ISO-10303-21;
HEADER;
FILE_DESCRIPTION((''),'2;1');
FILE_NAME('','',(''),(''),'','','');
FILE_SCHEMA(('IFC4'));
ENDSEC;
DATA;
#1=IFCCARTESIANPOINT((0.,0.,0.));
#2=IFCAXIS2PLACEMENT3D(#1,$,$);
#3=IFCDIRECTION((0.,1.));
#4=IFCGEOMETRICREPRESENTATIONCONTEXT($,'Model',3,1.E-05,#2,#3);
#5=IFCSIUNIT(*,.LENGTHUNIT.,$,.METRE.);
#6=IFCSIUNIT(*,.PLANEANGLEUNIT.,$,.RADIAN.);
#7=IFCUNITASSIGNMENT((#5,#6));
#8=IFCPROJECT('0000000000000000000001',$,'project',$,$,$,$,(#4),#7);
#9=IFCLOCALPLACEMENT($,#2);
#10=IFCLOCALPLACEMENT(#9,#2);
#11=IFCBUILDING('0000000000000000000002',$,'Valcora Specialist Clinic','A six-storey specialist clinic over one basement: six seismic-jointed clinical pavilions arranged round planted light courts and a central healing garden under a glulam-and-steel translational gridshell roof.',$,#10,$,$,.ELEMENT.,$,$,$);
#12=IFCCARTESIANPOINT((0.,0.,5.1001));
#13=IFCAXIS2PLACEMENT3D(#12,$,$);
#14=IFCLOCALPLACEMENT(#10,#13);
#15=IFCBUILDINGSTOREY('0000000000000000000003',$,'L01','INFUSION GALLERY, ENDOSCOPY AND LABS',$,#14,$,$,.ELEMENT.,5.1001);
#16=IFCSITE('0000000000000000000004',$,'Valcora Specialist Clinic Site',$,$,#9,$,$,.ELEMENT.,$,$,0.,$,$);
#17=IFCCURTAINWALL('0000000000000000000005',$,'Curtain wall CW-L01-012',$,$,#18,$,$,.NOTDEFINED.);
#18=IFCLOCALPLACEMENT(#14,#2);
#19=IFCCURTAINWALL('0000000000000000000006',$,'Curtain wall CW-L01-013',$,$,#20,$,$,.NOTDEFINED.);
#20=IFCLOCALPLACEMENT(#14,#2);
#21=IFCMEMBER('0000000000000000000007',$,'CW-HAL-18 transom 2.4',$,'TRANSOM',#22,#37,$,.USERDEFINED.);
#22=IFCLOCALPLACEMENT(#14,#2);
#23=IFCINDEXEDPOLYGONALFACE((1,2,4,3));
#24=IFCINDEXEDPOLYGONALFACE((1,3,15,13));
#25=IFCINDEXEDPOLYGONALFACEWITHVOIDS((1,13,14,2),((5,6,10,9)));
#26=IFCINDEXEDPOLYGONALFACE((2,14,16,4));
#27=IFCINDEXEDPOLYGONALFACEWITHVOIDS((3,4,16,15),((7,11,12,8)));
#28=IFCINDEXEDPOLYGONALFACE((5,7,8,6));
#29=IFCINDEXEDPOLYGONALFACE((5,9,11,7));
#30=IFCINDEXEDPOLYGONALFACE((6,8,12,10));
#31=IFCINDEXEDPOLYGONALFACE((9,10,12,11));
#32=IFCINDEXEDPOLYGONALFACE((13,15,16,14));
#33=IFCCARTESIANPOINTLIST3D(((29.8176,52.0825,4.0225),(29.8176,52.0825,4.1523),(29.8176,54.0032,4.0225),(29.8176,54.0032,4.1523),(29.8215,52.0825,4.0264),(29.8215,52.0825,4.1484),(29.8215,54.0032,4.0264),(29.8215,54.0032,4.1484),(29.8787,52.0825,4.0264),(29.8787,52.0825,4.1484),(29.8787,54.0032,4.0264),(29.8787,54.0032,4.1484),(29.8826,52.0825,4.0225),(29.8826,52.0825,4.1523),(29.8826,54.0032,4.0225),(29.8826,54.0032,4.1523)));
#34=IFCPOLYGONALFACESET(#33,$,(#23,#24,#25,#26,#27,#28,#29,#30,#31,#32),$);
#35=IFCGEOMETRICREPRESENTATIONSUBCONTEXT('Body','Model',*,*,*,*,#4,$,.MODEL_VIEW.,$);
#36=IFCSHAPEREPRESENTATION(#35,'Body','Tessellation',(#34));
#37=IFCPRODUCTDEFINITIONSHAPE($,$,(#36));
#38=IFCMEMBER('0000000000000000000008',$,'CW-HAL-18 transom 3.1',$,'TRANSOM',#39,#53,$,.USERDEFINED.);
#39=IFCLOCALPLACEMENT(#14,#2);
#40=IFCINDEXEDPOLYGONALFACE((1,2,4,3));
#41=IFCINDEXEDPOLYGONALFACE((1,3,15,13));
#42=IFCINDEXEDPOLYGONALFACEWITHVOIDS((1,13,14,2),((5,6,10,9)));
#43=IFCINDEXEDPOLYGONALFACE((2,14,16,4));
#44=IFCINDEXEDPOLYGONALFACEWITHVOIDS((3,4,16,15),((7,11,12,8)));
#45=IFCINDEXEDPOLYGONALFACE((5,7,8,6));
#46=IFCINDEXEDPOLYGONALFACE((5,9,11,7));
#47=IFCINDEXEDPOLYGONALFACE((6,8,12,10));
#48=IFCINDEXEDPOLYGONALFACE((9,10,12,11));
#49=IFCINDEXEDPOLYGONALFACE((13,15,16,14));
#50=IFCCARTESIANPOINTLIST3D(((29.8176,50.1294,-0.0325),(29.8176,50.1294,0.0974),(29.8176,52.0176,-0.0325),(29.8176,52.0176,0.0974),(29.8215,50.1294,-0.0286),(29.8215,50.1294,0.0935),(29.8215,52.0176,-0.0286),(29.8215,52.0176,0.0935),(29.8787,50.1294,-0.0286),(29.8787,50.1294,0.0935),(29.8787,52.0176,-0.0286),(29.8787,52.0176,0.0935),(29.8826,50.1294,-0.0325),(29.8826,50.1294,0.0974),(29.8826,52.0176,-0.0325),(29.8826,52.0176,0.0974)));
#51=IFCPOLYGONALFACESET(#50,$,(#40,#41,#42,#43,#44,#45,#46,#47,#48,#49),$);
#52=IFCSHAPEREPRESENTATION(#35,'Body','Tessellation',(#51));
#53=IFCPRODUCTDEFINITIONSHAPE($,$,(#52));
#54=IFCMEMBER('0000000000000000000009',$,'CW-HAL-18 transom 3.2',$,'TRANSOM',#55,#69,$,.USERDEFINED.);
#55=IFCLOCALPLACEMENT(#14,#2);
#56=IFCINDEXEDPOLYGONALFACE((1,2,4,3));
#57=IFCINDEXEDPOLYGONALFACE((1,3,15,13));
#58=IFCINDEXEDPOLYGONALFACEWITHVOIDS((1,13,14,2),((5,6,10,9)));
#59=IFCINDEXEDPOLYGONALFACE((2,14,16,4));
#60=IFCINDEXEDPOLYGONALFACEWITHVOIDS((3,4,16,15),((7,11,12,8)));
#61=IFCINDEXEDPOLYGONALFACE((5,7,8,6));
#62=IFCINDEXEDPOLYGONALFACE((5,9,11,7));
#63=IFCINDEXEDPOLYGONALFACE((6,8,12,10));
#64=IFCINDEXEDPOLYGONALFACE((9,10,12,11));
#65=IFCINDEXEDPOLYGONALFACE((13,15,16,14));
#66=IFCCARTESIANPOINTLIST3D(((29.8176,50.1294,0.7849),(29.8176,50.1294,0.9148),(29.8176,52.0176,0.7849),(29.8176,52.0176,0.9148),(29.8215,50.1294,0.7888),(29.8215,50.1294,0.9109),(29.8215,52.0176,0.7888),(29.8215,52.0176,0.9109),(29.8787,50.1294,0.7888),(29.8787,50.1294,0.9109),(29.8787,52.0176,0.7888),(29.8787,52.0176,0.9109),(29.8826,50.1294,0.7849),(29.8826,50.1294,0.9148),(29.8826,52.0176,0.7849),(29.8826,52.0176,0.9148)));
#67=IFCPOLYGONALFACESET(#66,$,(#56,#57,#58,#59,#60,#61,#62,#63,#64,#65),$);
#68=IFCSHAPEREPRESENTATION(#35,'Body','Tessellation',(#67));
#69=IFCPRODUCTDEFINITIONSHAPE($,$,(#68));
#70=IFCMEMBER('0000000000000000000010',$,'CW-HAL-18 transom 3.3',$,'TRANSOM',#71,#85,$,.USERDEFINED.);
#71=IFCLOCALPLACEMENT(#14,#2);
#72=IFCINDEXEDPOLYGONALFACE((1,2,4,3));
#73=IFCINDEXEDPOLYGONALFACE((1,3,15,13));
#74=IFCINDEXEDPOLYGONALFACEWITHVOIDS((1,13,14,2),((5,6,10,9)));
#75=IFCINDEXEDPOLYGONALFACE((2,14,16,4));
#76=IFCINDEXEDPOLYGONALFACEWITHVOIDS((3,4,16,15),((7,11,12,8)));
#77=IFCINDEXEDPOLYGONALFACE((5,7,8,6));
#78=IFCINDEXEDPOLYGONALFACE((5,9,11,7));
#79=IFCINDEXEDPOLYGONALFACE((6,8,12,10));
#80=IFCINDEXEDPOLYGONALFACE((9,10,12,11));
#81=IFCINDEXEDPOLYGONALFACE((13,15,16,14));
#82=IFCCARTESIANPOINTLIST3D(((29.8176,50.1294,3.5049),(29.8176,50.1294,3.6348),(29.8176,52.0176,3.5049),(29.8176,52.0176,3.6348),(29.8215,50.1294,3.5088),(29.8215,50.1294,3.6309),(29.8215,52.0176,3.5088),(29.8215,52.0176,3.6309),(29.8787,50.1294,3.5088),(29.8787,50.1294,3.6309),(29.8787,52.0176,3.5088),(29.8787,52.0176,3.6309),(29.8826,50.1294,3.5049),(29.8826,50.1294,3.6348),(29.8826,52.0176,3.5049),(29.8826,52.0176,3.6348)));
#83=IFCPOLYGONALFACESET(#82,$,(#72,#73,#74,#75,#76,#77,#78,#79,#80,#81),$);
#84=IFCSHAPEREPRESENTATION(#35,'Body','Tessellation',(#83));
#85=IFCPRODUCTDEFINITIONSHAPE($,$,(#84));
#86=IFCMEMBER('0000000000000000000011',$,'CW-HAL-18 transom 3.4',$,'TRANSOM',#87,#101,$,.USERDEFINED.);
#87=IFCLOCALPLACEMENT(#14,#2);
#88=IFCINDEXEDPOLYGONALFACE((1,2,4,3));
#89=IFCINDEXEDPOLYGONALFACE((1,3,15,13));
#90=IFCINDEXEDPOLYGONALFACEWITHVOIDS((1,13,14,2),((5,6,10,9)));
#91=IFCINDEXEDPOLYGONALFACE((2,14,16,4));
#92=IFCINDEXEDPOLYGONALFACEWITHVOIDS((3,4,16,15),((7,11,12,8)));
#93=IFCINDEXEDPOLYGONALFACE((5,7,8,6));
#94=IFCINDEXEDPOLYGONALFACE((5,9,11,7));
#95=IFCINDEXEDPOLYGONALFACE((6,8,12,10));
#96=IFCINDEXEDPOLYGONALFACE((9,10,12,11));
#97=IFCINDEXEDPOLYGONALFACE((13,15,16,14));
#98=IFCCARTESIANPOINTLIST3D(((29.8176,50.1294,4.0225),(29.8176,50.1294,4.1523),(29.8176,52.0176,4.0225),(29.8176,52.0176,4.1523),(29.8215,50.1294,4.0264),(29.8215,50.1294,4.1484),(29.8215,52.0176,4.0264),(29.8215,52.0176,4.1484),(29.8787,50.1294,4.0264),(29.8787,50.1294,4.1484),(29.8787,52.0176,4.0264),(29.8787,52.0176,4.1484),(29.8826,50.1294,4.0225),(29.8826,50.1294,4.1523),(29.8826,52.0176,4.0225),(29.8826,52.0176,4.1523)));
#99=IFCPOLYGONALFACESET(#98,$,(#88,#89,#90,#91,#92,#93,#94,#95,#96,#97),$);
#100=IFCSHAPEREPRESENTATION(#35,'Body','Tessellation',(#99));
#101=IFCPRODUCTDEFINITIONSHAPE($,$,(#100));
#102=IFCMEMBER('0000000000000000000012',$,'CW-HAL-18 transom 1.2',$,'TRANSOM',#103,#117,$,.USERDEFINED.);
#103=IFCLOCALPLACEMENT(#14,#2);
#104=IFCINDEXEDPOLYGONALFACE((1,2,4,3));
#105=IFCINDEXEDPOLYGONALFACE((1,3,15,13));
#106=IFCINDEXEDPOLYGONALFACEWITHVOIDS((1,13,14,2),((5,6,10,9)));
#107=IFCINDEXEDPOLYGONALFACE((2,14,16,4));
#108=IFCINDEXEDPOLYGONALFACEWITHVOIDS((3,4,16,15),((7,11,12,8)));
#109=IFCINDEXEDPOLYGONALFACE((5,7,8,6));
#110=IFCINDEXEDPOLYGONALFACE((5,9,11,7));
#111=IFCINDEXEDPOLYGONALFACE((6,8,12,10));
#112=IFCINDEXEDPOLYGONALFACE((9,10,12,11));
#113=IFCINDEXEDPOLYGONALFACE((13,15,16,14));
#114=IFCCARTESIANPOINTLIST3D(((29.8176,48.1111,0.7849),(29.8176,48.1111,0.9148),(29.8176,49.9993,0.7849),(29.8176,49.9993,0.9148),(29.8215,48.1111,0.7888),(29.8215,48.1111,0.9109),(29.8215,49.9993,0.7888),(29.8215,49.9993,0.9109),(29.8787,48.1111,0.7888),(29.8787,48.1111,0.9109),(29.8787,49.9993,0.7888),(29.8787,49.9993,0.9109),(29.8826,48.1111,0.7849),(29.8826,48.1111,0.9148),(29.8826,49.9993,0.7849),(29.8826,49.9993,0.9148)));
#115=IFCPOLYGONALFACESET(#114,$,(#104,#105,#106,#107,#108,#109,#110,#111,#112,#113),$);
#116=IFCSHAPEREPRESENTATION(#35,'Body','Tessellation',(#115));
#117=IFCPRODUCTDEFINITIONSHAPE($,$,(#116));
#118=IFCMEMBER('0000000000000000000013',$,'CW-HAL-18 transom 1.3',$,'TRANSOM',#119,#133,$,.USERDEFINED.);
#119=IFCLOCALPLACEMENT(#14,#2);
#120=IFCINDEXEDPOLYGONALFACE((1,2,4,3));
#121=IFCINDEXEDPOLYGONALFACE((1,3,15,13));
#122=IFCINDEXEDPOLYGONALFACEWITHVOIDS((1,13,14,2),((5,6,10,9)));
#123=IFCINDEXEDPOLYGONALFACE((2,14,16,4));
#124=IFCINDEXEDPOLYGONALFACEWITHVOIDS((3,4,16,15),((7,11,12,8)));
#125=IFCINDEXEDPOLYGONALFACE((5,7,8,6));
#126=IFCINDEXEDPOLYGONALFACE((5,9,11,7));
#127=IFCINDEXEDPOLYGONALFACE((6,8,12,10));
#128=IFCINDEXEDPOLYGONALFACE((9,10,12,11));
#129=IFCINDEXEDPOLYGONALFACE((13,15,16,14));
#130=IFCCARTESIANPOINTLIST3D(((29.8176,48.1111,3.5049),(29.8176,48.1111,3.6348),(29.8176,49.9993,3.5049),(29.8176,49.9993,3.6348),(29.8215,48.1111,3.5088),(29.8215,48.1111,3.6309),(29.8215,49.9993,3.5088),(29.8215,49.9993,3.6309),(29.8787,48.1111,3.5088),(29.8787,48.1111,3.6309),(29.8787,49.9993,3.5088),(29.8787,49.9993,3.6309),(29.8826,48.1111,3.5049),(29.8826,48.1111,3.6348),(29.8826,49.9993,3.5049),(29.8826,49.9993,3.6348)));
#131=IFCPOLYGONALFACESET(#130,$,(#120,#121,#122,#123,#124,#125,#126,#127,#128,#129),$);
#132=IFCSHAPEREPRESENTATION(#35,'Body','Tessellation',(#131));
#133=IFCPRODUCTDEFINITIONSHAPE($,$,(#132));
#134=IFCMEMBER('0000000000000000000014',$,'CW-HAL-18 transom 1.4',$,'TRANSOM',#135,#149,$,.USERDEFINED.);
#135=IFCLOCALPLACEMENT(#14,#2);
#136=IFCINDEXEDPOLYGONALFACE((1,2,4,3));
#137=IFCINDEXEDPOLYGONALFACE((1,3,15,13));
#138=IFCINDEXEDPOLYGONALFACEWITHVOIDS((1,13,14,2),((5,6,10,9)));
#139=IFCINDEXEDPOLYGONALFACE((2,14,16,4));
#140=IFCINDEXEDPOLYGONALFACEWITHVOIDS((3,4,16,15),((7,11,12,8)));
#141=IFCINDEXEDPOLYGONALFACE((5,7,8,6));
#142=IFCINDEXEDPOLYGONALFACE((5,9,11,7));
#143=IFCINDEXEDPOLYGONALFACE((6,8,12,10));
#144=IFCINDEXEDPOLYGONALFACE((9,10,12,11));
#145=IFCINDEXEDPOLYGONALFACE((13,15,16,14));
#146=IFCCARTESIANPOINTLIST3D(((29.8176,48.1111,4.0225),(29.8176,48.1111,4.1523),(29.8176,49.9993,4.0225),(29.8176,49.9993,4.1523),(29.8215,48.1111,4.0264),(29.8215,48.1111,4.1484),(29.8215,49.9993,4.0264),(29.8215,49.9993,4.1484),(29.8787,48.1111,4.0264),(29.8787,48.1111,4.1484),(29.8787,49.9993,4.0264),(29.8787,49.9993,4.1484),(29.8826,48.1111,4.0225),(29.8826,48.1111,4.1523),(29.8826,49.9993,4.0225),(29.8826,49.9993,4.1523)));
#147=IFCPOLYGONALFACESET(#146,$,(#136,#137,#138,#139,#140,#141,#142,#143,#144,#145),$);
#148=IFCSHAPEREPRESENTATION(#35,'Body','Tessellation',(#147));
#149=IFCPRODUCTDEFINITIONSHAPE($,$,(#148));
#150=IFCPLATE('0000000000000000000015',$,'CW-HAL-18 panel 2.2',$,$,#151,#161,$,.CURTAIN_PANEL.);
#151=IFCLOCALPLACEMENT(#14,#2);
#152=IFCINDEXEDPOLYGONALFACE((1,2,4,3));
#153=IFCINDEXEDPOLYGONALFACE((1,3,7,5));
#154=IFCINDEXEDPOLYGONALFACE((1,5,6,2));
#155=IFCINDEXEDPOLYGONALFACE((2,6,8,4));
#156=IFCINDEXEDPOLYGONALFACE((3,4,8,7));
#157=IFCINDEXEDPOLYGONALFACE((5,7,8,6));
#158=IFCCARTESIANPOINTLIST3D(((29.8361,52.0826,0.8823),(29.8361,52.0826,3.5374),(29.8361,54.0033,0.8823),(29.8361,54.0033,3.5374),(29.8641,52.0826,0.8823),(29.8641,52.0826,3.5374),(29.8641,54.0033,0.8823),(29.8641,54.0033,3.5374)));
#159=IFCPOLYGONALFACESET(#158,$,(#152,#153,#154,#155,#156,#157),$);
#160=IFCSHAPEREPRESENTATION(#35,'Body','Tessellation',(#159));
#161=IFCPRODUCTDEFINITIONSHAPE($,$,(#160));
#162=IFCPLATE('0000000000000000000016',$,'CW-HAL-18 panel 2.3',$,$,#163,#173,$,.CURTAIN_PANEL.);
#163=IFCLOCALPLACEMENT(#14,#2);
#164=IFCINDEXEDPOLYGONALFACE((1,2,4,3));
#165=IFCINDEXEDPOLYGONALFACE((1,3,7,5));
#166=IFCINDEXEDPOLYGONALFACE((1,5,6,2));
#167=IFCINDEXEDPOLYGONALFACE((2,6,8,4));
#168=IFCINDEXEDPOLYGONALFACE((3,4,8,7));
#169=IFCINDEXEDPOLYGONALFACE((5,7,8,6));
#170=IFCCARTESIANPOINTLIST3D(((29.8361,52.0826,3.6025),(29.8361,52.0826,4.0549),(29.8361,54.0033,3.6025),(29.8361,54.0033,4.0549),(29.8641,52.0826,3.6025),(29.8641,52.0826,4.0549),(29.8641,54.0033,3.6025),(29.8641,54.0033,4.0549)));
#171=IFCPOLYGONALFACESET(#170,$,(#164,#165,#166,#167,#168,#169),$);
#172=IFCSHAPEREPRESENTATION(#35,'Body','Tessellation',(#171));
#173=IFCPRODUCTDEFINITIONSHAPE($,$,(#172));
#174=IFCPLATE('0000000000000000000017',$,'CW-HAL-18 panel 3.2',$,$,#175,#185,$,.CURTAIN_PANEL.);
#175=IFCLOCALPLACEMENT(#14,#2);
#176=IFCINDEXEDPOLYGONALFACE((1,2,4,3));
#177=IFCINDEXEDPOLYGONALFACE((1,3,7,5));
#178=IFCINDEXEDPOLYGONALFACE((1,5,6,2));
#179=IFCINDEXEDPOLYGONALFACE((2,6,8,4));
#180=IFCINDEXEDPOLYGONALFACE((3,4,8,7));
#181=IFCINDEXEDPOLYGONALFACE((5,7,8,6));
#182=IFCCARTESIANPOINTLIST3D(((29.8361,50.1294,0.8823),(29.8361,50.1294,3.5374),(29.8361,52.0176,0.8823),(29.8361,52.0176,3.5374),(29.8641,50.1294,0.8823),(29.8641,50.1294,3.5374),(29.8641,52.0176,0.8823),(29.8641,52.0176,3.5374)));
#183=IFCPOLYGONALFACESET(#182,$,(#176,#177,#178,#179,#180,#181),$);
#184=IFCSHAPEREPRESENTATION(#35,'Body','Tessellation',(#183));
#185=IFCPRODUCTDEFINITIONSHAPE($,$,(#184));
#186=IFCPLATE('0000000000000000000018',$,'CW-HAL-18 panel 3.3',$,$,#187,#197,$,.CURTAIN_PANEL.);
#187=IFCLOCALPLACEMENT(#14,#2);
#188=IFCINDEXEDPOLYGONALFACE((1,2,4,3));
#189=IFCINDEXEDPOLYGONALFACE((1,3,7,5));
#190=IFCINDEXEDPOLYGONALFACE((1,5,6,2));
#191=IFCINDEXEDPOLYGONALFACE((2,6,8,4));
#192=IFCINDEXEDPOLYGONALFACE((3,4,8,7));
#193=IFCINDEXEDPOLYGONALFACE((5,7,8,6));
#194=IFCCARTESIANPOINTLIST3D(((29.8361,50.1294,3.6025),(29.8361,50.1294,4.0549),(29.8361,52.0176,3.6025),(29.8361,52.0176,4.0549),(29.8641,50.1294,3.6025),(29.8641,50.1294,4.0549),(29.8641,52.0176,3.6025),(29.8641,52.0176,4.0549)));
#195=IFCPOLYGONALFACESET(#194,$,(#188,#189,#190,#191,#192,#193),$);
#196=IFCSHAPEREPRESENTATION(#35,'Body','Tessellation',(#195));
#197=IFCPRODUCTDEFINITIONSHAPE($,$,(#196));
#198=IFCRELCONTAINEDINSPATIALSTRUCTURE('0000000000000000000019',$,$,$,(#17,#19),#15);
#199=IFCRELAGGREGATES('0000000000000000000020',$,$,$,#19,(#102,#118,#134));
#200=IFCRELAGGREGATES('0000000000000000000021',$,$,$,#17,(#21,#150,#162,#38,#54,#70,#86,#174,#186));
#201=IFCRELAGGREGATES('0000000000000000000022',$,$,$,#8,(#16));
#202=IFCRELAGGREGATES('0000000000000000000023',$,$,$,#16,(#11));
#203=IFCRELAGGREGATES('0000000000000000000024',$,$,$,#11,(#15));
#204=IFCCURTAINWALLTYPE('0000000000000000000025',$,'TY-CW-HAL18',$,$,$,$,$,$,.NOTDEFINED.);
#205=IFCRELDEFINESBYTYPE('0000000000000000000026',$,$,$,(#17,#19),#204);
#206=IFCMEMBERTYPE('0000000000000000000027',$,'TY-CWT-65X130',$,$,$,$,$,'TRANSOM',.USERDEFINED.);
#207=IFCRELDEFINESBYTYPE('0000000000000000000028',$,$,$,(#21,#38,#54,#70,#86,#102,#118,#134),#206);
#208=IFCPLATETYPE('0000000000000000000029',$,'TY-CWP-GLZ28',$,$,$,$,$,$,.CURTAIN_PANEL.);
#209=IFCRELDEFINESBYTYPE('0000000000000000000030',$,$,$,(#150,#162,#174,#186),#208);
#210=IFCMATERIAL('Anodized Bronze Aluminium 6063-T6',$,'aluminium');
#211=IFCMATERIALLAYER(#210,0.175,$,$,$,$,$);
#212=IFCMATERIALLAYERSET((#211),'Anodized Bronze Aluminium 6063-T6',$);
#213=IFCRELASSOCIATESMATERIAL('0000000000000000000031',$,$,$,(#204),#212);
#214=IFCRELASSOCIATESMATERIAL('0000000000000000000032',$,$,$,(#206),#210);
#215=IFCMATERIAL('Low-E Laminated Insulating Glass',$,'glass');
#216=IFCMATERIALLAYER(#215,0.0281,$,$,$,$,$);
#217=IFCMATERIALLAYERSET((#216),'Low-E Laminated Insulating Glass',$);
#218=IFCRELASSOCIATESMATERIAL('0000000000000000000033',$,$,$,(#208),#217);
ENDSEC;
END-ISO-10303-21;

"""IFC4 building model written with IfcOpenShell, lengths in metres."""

from ifc_helpers import new_model, si_unit, direction, frame, origin, origin_2d, place, context, subcontext, project, spatial, rectangle, hollow_rectangle, extrude, material, layer, layer_set, material_profile, profile_set, type_object, element, aggregate, save


model = new_model("IFC4")

# Units and contexts
model_context = context("Model", 3, precision=1e-05, world=origin(), true_north=direction((0.0, 1.0)))
body_context = subcontext(model_context, "Body", "Model", "MODEL_VIEW")
ifc_project = project(units=[si_unit("LENGTHUNIT", "METRE"), si_unit("PLANEANGLEUNIT", "RADIAN")], contexts=[model_context])

# Site, building, storey
site_placement = place(None, origin())
site = spatial("IfcSite", under=ifc_project, at=site_placement, Name="Valcora Specialist Clinic Site", CompositionType="ELEMENT", RefElevation=0.0)
building_placement = place(site_placement, origin())
building = spatial("IfcBuilding", under=site, at=building_placement, Name="Valcora Specialist Clinic", Description="A six-storey specialist clinic over one basement: six seismic-jointed clinical pavilions arranged round planted light courts and a central healing garden under a glulam-and-steel translational gridshell roof.", CompositionType="ELEMENT")
storey_placement = place(building_placement, frame((0.0, 0.0, 5.1001)))
storey = spatial("IfcBuildingStorey", under=building, at=storey_placement, Name="L01", Description="INFUSION GALLERY, ENDOSCOPY AND LABS", CompositionType="ELEMENT", Elevation=5.1001)

# Curtain wall
ifc_material_1 = material(Name="Anodized Bronze Aluminium 6063-T6", Category="aluminium")
ifc_layer_1 = layer(ifc_material_1, 0.175)
ifc_layer_set_1 = layer_set([ifc_layer_1], Name="Anodized Bronze Aluminium 6063-T6")
curtain_wall_type = type_object("IfcCurtainWallType", Name="TY-CW-HAL18", PredefinedType="NOTDEFINED", material=ifc_layer_set_1)
curtain_wall_1_placement = place(storey_placement, origin())
curtain_wall_1 = element("IfcCurtainWall", 1, at=curtain_wall_1_placement, inside=storey, type_object=curtain_wall_type, Name="Curtain wall CW-L01-012", PredefinedType="NOTDEFINED")

# Curtain wall
curtain_wall_2_placement = place(storey_placement, origin())
curtain_wall_2 = element("IfcCurtainWall", 2, at=curtain_wall_2_placement, inside=storey, type_object=curtain_wall_type, Name="Curtain wall CW-L01-013", PredefinedType="NOTDEFINED")

# Members
ifc_material_profile_1 = material_profile(ifc_material_1, hollow_rectangle(XDim=0.0649, YDim=0.1299, WallThickness=0.0039, at=origin_2d()), Name="AL-TRN-65X130")
ifc_profile_set_1 = profile_set([ifc_material_profile_1], Name="Anodized Bronze Aluminium 6063-T6")
member_type_1 = type_object("IfcMemberType", Name="TY-CWT-65X130", ElementType="TRANSOM", PredefinedType="USERDEFINED", material=ifc_profile_set_1)
member_1_placement = place(storey_placement, frame((29.8501, 54.0032, 4.0874), z_axis=(0.0, -1.0, 0.0), x_axis=(1.0, 0.0, 0.0)))
member_1 = element("IfcMember", 3, at=member_1_placement, type_object=member_type_1, Name="CW-HAL-18 transom 2.4", ObjectType="TRANSOM", PredefinedType="USERDEFINED", context=body_context, shape_type="SweptSolid", body=[
    extrude(hollow_rectangle(XDim=0.0649, YDim=0.1299, WallThickness=0.0039, at=origin_2d()), origin(), (0.0, 0.0, 1.0), 1.9207),
])
member_2_placement = place(storey_placement, frame((29.8501, 52.0176, 0.0325), z_axis=(0.0, -1.0, 0.0), x_axis=(1.0, 0.0, 0.0)))
member_2 = element("IfcMember", 4, at=member_2_placement, type_object=member_type_1, Name="CW-HAL-18 transom 3.1", ObjectType="TRANSOM", PredefinedType="USERDEFINED", context=body_context, shape_type="SweptSolid", body=[
    extrude(hollow_rectangle(XDim=0.0649, YDim=0.1299, WallThickness=0.0039, at=origin_2d()), origin(), (0.0, 0.0, 1.0), 1.8882),
])
member_3_placement = place(storey_placement, frame((29.8501, 52.0176, 0.8499), z_axis=(0.0, -1.0, 0.0), x_axis=(1.0, 0.0, 0.0)))
member_3 = element("IfcMember", 5, at=member_3_placement, type_object=member_type_1, Name="CW-HAL-18 transom 3.2", ObjectType="TRANSOM", PredefinedType="USERDEFINED", context=body_context, shape_type="SweptSolid", body=[
    extrude(hollow_rectangle(XDim=0.0649, YDim=0.1299, WallThickness=0.0039, at=origin_2d()), origin(), (0.0, 0.0, 1.0), 1.8882),
])
member_4_placement = place(storey_placement, frame((29.8501, 52.0176, 3.5698), z_axis=(0.0, -1.0, 0.0), x_axis=(1.0, 0.0, 0.0)))
member_4 = element("IfcMember", 6, at=member_4_placement, type_object=member_type_1, Name="CW-HAL-18 transom 3.3", ObjectType="TRANSOM", PredefinedType="USERDEFINED", context=body_context, shape_type="SweptSolid", body=[
    extrude(hollow_rectangle(XDim=0.0649, YDim=0.1299, WallThickness=0.0039, at=origin_2d()), origin(), (0.0, 0.0, 1.0), 1.8882),
])
member_5_placement = place(storey_placement, frame((29.8501, 52.0176, 4.0874), z_axis=(0.0, -1.0, 0.0), x_axis=(1.0, 0.0, 0.0)))
member_5 = element("IfcMember", 7, at=member_5_placement, type_object=member_type_1, Name="CW-HAL-18 transom 3.4", ObjectType="TRANSOM", PredefinedType="USERDEFINED", context=body_context, shape_type="SweptSolid", body=[
    extrude(hollow_rectangle(XDim=0.0649, YDim=0.1299, WallThickness=0.0039, at=origin_2d()), origin(), (0.0, 0.0, 1.0), 1.8882),
])
member_6_placement = place(storey_placement, frame((29.8501, 49.9993, 0.8499), z_axis=(0.0, -1.0, 0.0), x_axis=(1.0, 0.0, 0.0)))
member_6 = element("IfcMember", 8, at=member_6_placement, type_object=member_type_1, Name="CW-HAL-18 transom 1.2", ObjectType="TRANSOM", PredefinedType="USERDEFINED", context=body_context, shape_type="SweptSolid", body=[
    extrude(hollow_rectangle(XDim=0.0649, YDim=0.1299, WallThickness=0.0039, at=origin_2d()), origin(), (0.0, 0.0, 1.0), 1.8882),
])
member_7_placement = place(storey_placement, frame((29.8501, 49.9993, 3.5698), z_axis=(0.0, -1.0, 0.0), x_axis=(1.0, 0.0, 0.0)))
member_7 = element("IfcMember", 9, at=member_7_placement, type_object=member_type_1, Name="CW-HAL-18 transom 1.3", ObjectType="TRANSOM", PredefinedType="USERDEFINED", context=body_context, shape_type="SweptSolid", body=[
    extrude(hollow_rectangle(XDim=0.0649, YDim=0.1299, WallThickness=0.0039, at=origin_2d()), origin(), (0.0, 0.0, 1.0), 1.8882),
])
member_8_placement = place(storey_placement, frame((29.8501, 49.9993, 4.0874), z_axis=(0.0, -1.0, 0.0), x_axis=(1.0, 0.0, 0.0)))
member_8 = element("IfcMember", 10, at=member_8_placement, type_object=member_type_1, Name="CW-HAL-18 transom 1.4", ObjectType="TRANSOM", PredefinedType="USERDEFINED", context=body_context, shape_type="SweptSolid", body=[
    extrude(hollow_rectangle(XDim=0.0649, YDim=0.1299, WallThickness=0.0039, at=origin_2d()), origin(), (0.0, 0.0, 1.0), 1.8882),
])
aggregate(curtain_wall_2, [member_6, member_7, member_8])

# Plates
ifc_material_2 = material(Name="Low-E Laminated Insulating Glass", Category="glass")
ifc_layer_2 = layer(ifc_material_2, 0.0281)
ifc_layer_set_2 = layer_set([ifc_layer_2], Name="Low-E Laminated Insulating Glass")
plate_type_1 = type_object("IfcPlateType", Name="TY-CWP-GLZ28", PredefinedType="CURTAIN_PANEL", material=ifc_layer_set_2)
plate_1_placement = place(storey_placement, frame((29.8501, 53.043, 0.8823), z_axis=(0.0, 0.0, 1.0), x_axis=(0.0, -1.0, 0.0)))
plate_1 = element("IfcPlate", 11, at=plate_1_placement, type_object=plate_type_1, Name="CW-HAL-18 panel 2.2", PredefinedType="CURTAIN_PANEL", context=body_context, shape_type="SweptSolid", body=[
    extrude(rectangle(XDim=1.9207, YDim=0.0281, at=origin_2d()), origin(), (0.0, 0.0, 1.0), 2.655),
])
plate_2_placement = place(storey_placement, frame((29.8501, 53.043, 3.6025), z_axis=(0.0, 0.0, 1.0), x_axis=(0.0, -1.0, 0.0)))
plate_2 = element("IfcPlate", 12, at=plate_2_placement, type_object=plate_type_1, Name="CW-HAL-18 panel 2.3", PredefinedType="CURTAIN_PANEL", context=body_context, shape_type="SweptSolid", body=[
    extrude(rectangle(XDim=1.9207, YDim=0.0281, at=origin_2d()), origin(), (0.0, 0.0, 1.0), 0.4524),
])
plate_3_placement = place(storey_placement, frame((29.8501, 51.0735, 0.8823), z_axis=(0.0, 0.0, 1.0), x_axis=(0.0, -1.0, 0.0)))
plate_3 = element("IfcPlate", 13, at=plate_3_placement, type_object=plate_type_1, Name="CW-HAL-18 panel 3.2", PredefinedType="CURTAIN_PANEL", context=body_context, shape_type="SweptSolid", body=[
    extrude(rectangle(XDim=1.8882, YDim=0.0281, at=origin_2d()), origin(), (0.0, 0.0, 1.0), 2.655),
])
plate_4_placement = place(storey_placement, frame((29.8501, 51.0735, 3.6025), z_axis=(0.0, 0.0, 1.0), x_axis=(0.0, -1.0, 0.0)))
plate_4 = element("IfcPlate", 14, at=plate_4_placement, type_object=plate_type_1, Name="CW-HAL-18 panel 3.3", PredefinedType="CURTAIN_PANEL", context=body_context, shape_type="SweptSolid", body=[
    extrude(rectangle(XDim=1.8882, YDim=0.0281, at=origin_2d()), origin(), (0.0, 0.0, 1.0), 0.4524),
])
aggregate(curtain_wall_1, [member_1, plate_1, plate_2, member_2, member_3, member_4, member_5, plate_3, plate_4])

save(model, "model.ifc")
